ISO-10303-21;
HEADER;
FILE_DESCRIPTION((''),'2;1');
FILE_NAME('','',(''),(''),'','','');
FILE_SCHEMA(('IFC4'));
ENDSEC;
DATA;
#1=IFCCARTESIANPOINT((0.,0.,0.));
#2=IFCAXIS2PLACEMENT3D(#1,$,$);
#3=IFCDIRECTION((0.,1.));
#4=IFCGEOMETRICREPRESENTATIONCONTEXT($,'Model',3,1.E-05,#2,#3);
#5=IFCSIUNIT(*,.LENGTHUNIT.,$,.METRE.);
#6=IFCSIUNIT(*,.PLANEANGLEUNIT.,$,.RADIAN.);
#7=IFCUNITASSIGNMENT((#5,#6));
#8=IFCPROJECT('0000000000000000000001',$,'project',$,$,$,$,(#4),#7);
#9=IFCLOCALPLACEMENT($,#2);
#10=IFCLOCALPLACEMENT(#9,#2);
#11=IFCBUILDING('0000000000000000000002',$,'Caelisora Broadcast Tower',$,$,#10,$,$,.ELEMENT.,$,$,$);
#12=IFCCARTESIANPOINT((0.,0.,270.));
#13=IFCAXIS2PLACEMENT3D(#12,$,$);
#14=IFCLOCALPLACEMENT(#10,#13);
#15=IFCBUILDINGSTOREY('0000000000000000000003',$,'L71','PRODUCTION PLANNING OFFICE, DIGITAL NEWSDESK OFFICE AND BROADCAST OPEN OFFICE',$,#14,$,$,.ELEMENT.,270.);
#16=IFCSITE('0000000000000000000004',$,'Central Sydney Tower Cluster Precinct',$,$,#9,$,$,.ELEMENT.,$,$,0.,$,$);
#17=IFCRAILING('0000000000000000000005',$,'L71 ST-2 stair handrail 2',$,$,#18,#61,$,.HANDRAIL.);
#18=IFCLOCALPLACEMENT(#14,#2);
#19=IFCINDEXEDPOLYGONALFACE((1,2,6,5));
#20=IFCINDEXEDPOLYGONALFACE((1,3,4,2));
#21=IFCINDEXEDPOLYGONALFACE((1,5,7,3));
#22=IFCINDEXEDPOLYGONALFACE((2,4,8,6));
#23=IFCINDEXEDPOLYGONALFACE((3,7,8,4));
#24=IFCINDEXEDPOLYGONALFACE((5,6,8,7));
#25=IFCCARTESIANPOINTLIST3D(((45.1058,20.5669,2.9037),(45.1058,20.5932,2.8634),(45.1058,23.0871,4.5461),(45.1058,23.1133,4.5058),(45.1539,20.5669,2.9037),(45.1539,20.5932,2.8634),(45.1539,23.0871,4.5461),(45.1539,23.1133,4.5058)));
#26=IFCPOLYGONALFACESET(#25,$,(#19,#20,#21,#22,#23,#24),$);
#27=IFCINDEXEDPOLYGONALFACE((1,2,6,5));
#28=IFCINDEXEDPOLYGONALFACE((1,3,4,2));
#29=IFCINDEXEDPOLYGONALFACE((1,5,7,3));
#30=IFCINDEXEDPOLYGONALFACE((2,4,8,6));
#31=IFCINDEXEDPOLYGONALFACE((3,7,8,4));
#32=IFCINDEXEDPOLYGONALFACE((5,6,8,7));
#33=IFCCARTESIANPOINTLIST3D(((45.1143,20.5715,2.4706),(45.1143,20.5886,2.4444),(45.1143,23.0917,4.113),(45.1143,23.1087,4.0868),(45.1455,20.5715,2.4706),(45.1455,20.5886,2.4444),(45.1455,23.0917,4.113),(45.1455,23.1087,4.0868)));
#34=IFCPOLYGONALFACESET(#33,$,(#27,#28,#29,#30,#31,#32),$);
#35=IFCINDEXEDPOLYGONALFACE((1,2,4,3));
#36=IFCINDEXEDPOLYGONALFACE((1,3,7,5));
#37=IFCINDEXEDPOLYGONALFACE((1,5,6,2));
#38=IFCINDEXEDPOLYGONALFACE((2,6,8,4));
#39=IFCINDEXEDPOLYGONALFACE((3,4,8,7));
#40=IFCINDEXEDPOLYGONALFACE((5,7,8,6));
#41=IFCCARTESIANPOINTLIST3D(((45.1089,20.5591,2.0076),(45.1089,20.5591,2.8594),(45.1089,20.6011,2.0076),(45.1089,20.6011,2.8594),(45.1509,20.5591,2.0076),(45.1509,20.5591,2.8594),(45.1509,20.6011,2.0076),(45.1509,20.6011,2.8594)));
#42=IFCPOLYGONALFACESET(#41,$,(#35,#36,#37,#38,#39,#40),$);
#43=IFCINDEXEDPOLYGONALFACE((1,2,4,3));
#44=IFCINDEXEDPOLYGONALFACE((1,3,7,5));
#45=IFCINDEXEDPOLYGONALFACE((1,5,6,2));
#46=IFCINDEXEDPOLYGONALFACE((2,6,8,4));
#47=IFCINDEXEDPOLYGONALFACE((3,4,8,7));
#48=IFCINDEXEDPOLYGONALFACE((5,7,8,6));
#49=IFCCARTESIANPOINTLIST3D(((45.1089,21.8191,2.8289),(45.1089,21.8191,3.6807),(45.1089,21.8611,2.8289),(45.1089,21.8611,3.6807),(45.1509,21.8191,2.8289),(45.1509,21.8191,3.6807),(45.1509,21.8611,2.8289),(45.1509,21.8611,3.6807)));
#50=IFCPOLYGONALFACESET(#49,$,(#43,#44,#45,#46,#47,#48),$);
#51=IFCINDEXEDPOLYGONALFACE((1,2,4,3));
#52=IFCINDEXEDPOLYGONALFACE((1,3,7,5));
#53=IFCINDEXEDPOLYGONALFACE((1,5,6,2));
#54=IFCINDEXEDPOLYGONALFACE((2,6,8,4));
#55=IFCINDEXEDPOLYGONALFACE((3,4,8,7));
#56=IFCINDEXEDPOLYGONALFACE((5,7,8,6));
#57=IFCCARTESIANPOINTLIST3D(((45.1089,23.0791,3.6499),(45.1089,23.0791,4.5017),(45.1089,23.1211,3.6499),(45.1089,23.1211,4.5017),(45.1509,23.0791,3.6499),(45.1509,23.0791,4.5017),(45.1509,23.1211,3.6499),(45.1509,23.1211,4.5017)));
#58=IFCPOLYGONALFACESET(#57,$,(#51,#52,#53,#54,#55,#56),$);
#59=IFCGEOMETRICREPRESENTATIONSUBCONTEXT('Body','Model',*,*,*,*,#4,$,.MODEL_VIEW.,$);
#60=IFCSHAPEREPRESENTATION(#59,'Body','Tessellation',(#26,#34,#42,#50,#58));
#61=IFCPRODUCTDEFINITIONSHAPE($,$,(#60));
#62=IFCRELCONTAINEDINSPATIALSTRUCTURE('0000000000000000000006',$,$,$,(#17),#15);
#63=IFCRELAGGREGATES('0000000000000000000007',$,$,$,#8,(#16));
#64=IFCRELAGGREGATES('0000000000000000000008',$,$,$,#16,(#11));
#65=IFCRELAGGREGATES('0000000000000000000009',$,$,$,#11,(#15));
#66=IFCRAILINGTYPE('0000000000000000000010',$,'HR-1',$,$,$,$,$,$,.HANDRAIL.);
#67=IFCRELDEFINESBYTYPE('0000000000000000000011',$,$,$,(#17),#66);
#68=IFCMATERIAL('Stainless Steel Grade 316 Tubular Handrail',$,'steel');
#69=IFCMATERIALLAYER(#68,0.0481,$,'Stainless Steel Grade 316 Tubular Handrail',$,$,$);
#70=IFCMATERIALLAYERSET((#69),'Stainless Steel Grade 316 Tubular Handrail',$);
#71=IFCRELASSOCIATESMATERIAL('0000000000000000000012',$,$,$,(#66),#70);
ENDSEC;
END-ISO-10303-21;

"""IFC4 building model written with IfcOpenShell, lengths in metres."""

from ifc_helpers import new_model, si_unit, direction, frame, origin, origin_2d, place, context, subcontext, project, spatial, rectangle, extrude, material, layer, layer_set, type_object, element, save


model = new_model("IFC4")

# Units and contexts
model_context = context("Model", 3, precision=1e-05, world=origin(), true_north=direction((0.0, 1.0)))
body_context = subcontext(model_context, "Body", "Model", "MODEL_VIEW")
ifc_project = project(units=[si_unit("LENGTHUNIT", "METRE"), si_unit("PLANEANGLEUNIT", "RADIAN")], contexts=[model_context])

# Site, building, storey
site_placement = place(None, origin())
site = spatial("IfcSite", under=ifc_project, at=site_placement, Name="Central Sydney Tower Cluster Precinct", CompositionType="ELEMENT", RefElevation=0.0)
building_placement = place(site_placement, origin())
building = spatial("IfcBuilding", under=site, at=building_placement, Name="Caelisora Broadcast Tower", CompositionType="ELEMENT")
storey_placement = place(building_placement, frame((0.0, 0.0, 270.0)))
storey = spatial("IfcBuildingStorey", under=building, at=storey_placement, Name="L71", Description="PRODUCTION PLANNING OFFICE, DIGITAL NEWSDESK OFFICE AND BROADCAST OPEN OFFICE", CompositionType="ELEMENT", Elevation=270.0)

# Railing
ifc_material_1 = material(Name="Stainless Steel Grade 316 Tubular Handrail", Category="steel")
ifc_layer_1 = layer(ifc_material_1, 0.0481, Name="Stainless Steel Grade 316 Tubular Handrail")
ifc_layer_set_1 = layer_set([ifc_layer_1], Name="Stainless Steel Grade 316 Tubular Handrail")
railing_type_1 = type_object("IfcRailingType", Name="HR-1", PredefinedType="HANDRAIL", material=ifc_layer_set_1)
railing_1_placement = place(storey_placement, frame((45.1299, 20.5801, 2.0076)))
element("IfcRailing", 1, at=railing_1_placement, inside=storey, type_object=railing_type_1, Name="L71 ST-2 stair handrail 2", PredefinedType="HANDRAIL", context=body_context, shape_type="SweptSolid", body=[
    extrude(rectangle(XDim=0.0481, YDim=0.0481, at=origin_2d()), frame((0.0, 0.0, 0.876), z_axis=(0.0, 0.837787, 0.545998), x_axis=(-1.0, 0.0, 0.0)), (0.0, 0.0, 1.0), 3.0081),
    extrude(rectangle(XDim=0.0312, YDim=0.0312, at=origin_2d()), frame((0.0, 0.0, 0.45), z_axis=(0.0, 0.837787, 0.545998), x_axis=(-1.0, 0.0, 0.0)), (0.0, 0.0, 1.0), 3.0081),
    extrude(rectangle(XDim=0.042, YDim=0.042, at=origin_2d()), origin(), (0.0, 0.0, 1.0), 0.8518),
    extrude(rectangle(XDim=0.042, YDim=0.042, at=origin_2d()), frame((0.0, 1.26, 0.8213)), (0.0, 0.0, 1.0), 0.8518),
    extrude(rectangle(XDim=0.042, YDim=0.042, at=origin_2d()), frame((0.0, 2.52, 1.6423)), (0.0, 0.0, 1.0), 0.8518),
])

save(model, "model.ifc")
